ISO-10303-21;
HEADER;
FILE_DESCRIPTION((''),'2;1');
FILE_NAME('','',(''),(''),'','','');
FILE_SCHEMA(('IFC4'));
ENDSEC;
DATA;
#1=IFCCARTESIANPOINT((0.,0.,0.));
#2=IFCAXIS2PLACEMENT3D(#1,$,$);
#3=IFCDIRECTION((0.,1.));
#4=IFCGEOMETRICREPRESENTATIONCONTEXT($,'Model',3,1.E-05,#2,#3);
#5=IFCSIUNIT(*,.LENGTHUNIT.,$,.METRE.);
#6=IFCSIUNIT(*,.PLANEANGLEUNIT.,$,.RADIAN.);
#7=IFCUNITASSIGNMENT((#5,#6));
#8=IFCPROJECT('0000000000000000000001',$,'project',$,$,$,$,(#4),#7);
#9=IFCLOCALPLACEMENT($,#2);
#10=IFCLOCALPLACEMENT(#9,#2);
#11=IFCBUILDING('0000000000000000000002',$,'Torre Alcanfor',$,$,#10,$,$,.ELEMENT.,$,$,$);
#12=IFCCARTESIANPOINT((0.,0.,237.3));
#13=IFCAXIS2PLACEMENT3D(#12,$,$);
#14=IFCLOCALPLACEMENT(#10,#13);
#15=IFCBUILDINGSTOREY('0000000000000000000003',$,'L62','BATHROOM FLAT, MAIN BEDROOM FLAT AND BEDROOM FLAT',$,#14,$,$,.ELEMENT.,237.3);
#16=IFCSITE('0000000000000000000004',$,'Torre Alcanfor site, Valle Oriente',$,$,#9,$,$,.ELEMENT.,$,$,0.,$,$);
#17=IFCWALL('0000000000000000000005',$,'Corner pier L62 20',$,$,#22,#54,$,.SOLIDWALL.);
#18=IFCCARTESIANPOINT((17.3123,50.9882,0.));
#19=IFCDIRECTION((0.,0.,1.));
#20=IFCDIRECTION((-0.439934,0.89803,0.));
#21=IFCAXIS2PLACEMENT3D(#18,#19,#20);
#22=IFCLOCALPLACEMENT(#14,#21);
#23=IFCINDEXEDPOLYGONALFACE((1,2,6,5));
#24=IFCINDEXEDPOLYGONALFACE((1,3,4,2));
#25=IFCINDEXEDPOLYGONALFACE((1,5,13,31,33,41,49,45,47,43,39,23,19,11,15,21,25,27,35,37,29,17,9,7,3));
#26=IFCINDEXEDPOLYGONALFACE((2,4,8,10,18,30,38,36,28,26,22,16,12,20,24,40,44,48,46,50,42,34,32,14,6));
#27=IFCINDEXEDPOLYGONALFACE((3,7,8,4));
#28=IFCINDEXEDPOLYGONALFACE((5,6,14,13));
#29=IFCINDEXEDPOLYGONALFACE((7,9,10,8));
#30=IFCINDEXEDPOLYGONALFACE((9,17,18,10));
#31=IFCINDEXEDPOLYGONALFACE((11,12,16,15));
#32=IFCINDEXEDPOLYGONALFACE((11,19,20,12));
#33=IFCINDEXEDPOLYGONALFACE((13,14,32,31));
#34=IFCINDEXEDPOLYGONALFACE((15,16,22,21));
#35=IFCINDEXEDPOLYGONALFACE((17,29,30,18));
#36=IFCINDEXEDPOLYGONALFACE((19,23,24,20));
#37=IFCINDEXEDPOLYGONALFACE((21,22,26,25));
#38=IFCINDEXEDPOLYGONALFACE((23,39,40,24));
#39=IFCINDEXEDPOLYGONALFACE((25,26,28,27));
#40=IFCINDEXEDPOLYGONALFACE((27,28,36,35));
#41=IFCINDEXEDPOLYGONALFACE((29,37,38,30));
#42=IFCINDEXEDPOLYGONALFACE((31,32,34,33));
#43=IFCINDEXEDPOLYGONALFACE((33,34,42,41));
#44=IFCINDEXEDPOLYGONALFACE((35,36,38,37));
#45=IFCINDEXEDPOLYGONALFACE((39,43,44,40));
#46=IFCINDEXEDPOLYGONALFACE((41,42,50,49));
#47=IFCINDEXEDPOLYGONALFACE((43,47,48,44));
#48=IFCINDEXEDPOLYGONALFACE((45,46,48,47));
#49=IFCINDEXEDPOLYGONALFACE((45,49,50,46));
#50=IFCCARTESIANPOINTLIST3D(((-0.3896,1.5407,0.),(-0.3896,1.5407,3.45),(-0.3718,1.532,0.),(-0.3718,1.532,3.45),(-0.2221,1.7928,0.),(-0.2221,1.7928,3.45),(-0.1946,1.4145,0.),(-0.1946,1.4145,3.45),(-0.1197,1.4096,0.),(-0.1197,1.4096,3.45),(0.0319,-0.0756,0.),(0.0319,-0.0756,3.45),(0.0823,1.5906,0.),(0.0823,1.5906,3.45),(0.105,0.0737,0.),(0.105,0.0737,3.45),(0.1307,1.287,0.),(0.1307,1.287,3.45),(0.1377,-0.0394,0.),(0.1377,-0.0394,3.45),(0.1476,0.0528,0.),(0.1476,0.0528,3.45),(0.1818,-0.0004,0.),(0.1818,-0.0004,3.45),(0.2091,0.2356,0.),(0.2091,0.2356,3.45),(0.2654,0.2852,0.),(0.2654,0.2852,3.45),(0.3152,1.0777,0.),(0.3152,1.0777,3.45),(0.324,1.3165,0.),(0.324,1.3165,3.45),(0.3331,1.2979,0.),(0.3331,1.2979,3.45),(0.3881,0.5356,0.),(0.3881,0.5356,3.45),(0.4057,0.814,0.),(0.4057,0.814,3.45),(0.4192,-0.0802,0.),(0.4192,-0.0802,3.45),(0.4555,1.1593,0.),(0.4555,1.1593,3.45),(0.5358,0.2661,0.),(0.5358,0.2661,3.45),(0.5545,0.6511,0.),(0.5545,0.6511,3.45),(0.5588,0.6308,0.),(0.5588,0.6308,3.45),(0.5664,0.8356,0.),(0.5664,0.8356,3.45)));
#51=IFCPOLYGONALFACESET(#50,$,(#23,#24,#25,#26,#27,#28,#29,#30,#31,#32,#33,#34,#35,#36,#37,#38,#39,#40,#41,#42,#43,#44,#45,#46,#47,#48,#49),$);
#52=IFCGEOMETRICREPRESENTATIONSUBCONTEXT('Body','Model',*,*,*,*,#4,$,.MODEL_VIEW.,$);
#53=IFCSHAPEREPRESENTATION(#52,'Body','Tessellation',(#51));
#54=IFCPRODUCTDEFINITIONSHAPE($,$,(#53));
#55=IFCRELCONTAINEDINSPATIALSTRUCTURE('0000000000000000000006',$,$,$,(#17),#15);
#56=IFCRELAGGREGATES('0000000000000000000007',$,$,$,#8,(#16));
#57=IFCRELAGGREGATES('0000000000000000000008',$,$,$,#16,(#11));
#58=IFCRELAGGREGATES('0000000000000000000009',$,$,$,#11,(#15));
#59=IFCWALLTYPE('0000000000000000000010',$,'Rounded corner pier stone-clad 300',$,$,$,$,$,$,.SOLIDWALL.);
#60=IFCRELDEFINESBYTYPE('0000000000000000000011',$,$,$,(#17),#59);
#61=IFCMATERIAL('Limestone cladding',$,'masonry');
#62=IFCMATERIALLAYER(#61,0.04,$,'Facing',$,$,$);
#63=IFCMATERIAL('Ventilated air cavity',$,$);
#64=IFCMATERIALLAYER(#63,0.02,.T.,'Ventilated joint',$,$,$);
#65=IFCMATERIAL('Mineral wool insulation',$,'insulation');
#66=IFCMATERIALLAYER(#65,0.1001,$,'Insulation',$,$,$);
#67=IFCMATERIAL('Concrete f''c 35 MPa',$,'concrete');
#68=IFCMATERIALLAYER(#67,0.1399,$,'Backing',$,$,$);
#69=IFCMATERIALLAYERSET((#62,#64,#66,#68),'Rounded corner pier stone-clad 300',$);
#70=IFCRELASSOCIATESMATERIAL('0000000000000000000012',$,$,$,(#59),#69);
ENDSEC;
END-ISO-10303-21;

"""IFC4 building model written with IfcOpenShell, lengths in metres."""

from ifc_helpers import new_model, si_unit, direction, frame, origin, place, context, subcontext, project, spatial, polyline, outline, extrude, material, layer, layer_set, type_object, element, save


model = new_model("IFC4")

# Units and contexts
model_context = context("Model", 3, precision=1e-05, world=origin(), true_north=direction((0.0, 1.0)))
body_context = subcontext(model_context, "Body", "Model", "MODEL_VIEW")
ifc_project = project(units=[si_unit("LENGTHUNIT", "METRE"), si_unit("PLANEANGLEUNIT", "RADIAN")], contexts=[model_context])

# Site, building, storey
site_placement = place(None, origin())
site = spatial("IfcSite", under=ifc_project, at=site_placement, Name="Torre Alcanfor site, Valle Oriente", CompositionType="ELEMENT", RefElevation=0.0)
building_placement = place(site_placement, origin())
building = spatial("IfcBuilding", under=site, at=building_placement, Name="Torre Alcanfor", CompositionType="ELEMENT")
storey_placement = place(building_placement, frame((0.0, 0.0, 237.3)))
storey = spatial("IfcBuildingStorey", under=building, at=storey_placement, Name="L62", Description="BATHROOM FLAT, MAIN BEDROOM FLAT AND BEDROOM FLAT", CompositionType="ELEMENT", Elevation=237.3)

# Shared definitions
ifc_material_1 = material(Name="Limestone cladding", Category="masonry")
ifc_material_2 = material(Name="Ventilated air cavity")
ifc_material_3 = material(Name="Mineral wool insulation", Category="insulation")
ifc_material_4 = material(Name="Concrete f'c 35 MPa", Category="concrete")

# Wall
ifc_layer_1 = layer(ifc_material_1, 0.04, Name="Facing")
ifc_layer_2 = layer(ifc_material_2, 0.02, ventilated=True, Name="Ventilated joint")
ifc_layer_3 = layer(ifc_material_3, 0.1001, Name="Insulation")
ifc_layer_4 = layer(ifc_material_4, 0.1399, Name="Backing")
ifc_layer_set_1 = layer_set([ifc_layer_1, ifc_layer_2, ifc_layer_3, ifc_layer_4], Name="Rounded corner pier stone-clad 300")
wall_type_1 = type_object("IfcWallType", Name="Rounded corner pier stone-clad 300", PredefinedType="SOLIDWALL", material=ifc_layer_set_1)
wall_1_placement = place(storey_placement, frame((17.3123, 50.9882, 0.0), z_axis=(0.0, 0.0, 1.0), x_axis=(-0.439934, 0.89803, 0.0)))
element("IfcWall", 1, at=wall_1_placement, inside=storey, type_object=wall_type_1, Name="Corner pier L62 20", PredefinedType="SOLIDWALL", context=body_context, shape_type="SweptSolid", body=[
    extrude(outline(polyline([(0.1377, -0.0394), (0.1818, -0.0004), (0.4192, -0.0802), (0.5358, 0.2661), (0.5588, 0.6308), (0.5545, 0.6511), (0.5664, 0.8356), (0.4555, 1.1593), (0.3331, 1.2979), (0.324, 1.3165), (0.0823, 1.5906), (-0.2221, 1.7928), (-0.3896, 1.5407), (-0.3718, 1.532), (-0.1946, 1.4145), (-0.1197, 1.4096), (0.1307, 1.287), (0.3152, 1.0777), (0.4057, 0.814), (0.3881, 0.5356), (0.2654, 0.2852), (0.2091, 0.2356), (0.1476, 0.0528), (0.105, 0.0737), (0.0319, -0.0756), (0.1377, -0.0394)])), origin(), (0.0, 0.0, 1.0), 3.45),
])

save(model, "model.ifc")
